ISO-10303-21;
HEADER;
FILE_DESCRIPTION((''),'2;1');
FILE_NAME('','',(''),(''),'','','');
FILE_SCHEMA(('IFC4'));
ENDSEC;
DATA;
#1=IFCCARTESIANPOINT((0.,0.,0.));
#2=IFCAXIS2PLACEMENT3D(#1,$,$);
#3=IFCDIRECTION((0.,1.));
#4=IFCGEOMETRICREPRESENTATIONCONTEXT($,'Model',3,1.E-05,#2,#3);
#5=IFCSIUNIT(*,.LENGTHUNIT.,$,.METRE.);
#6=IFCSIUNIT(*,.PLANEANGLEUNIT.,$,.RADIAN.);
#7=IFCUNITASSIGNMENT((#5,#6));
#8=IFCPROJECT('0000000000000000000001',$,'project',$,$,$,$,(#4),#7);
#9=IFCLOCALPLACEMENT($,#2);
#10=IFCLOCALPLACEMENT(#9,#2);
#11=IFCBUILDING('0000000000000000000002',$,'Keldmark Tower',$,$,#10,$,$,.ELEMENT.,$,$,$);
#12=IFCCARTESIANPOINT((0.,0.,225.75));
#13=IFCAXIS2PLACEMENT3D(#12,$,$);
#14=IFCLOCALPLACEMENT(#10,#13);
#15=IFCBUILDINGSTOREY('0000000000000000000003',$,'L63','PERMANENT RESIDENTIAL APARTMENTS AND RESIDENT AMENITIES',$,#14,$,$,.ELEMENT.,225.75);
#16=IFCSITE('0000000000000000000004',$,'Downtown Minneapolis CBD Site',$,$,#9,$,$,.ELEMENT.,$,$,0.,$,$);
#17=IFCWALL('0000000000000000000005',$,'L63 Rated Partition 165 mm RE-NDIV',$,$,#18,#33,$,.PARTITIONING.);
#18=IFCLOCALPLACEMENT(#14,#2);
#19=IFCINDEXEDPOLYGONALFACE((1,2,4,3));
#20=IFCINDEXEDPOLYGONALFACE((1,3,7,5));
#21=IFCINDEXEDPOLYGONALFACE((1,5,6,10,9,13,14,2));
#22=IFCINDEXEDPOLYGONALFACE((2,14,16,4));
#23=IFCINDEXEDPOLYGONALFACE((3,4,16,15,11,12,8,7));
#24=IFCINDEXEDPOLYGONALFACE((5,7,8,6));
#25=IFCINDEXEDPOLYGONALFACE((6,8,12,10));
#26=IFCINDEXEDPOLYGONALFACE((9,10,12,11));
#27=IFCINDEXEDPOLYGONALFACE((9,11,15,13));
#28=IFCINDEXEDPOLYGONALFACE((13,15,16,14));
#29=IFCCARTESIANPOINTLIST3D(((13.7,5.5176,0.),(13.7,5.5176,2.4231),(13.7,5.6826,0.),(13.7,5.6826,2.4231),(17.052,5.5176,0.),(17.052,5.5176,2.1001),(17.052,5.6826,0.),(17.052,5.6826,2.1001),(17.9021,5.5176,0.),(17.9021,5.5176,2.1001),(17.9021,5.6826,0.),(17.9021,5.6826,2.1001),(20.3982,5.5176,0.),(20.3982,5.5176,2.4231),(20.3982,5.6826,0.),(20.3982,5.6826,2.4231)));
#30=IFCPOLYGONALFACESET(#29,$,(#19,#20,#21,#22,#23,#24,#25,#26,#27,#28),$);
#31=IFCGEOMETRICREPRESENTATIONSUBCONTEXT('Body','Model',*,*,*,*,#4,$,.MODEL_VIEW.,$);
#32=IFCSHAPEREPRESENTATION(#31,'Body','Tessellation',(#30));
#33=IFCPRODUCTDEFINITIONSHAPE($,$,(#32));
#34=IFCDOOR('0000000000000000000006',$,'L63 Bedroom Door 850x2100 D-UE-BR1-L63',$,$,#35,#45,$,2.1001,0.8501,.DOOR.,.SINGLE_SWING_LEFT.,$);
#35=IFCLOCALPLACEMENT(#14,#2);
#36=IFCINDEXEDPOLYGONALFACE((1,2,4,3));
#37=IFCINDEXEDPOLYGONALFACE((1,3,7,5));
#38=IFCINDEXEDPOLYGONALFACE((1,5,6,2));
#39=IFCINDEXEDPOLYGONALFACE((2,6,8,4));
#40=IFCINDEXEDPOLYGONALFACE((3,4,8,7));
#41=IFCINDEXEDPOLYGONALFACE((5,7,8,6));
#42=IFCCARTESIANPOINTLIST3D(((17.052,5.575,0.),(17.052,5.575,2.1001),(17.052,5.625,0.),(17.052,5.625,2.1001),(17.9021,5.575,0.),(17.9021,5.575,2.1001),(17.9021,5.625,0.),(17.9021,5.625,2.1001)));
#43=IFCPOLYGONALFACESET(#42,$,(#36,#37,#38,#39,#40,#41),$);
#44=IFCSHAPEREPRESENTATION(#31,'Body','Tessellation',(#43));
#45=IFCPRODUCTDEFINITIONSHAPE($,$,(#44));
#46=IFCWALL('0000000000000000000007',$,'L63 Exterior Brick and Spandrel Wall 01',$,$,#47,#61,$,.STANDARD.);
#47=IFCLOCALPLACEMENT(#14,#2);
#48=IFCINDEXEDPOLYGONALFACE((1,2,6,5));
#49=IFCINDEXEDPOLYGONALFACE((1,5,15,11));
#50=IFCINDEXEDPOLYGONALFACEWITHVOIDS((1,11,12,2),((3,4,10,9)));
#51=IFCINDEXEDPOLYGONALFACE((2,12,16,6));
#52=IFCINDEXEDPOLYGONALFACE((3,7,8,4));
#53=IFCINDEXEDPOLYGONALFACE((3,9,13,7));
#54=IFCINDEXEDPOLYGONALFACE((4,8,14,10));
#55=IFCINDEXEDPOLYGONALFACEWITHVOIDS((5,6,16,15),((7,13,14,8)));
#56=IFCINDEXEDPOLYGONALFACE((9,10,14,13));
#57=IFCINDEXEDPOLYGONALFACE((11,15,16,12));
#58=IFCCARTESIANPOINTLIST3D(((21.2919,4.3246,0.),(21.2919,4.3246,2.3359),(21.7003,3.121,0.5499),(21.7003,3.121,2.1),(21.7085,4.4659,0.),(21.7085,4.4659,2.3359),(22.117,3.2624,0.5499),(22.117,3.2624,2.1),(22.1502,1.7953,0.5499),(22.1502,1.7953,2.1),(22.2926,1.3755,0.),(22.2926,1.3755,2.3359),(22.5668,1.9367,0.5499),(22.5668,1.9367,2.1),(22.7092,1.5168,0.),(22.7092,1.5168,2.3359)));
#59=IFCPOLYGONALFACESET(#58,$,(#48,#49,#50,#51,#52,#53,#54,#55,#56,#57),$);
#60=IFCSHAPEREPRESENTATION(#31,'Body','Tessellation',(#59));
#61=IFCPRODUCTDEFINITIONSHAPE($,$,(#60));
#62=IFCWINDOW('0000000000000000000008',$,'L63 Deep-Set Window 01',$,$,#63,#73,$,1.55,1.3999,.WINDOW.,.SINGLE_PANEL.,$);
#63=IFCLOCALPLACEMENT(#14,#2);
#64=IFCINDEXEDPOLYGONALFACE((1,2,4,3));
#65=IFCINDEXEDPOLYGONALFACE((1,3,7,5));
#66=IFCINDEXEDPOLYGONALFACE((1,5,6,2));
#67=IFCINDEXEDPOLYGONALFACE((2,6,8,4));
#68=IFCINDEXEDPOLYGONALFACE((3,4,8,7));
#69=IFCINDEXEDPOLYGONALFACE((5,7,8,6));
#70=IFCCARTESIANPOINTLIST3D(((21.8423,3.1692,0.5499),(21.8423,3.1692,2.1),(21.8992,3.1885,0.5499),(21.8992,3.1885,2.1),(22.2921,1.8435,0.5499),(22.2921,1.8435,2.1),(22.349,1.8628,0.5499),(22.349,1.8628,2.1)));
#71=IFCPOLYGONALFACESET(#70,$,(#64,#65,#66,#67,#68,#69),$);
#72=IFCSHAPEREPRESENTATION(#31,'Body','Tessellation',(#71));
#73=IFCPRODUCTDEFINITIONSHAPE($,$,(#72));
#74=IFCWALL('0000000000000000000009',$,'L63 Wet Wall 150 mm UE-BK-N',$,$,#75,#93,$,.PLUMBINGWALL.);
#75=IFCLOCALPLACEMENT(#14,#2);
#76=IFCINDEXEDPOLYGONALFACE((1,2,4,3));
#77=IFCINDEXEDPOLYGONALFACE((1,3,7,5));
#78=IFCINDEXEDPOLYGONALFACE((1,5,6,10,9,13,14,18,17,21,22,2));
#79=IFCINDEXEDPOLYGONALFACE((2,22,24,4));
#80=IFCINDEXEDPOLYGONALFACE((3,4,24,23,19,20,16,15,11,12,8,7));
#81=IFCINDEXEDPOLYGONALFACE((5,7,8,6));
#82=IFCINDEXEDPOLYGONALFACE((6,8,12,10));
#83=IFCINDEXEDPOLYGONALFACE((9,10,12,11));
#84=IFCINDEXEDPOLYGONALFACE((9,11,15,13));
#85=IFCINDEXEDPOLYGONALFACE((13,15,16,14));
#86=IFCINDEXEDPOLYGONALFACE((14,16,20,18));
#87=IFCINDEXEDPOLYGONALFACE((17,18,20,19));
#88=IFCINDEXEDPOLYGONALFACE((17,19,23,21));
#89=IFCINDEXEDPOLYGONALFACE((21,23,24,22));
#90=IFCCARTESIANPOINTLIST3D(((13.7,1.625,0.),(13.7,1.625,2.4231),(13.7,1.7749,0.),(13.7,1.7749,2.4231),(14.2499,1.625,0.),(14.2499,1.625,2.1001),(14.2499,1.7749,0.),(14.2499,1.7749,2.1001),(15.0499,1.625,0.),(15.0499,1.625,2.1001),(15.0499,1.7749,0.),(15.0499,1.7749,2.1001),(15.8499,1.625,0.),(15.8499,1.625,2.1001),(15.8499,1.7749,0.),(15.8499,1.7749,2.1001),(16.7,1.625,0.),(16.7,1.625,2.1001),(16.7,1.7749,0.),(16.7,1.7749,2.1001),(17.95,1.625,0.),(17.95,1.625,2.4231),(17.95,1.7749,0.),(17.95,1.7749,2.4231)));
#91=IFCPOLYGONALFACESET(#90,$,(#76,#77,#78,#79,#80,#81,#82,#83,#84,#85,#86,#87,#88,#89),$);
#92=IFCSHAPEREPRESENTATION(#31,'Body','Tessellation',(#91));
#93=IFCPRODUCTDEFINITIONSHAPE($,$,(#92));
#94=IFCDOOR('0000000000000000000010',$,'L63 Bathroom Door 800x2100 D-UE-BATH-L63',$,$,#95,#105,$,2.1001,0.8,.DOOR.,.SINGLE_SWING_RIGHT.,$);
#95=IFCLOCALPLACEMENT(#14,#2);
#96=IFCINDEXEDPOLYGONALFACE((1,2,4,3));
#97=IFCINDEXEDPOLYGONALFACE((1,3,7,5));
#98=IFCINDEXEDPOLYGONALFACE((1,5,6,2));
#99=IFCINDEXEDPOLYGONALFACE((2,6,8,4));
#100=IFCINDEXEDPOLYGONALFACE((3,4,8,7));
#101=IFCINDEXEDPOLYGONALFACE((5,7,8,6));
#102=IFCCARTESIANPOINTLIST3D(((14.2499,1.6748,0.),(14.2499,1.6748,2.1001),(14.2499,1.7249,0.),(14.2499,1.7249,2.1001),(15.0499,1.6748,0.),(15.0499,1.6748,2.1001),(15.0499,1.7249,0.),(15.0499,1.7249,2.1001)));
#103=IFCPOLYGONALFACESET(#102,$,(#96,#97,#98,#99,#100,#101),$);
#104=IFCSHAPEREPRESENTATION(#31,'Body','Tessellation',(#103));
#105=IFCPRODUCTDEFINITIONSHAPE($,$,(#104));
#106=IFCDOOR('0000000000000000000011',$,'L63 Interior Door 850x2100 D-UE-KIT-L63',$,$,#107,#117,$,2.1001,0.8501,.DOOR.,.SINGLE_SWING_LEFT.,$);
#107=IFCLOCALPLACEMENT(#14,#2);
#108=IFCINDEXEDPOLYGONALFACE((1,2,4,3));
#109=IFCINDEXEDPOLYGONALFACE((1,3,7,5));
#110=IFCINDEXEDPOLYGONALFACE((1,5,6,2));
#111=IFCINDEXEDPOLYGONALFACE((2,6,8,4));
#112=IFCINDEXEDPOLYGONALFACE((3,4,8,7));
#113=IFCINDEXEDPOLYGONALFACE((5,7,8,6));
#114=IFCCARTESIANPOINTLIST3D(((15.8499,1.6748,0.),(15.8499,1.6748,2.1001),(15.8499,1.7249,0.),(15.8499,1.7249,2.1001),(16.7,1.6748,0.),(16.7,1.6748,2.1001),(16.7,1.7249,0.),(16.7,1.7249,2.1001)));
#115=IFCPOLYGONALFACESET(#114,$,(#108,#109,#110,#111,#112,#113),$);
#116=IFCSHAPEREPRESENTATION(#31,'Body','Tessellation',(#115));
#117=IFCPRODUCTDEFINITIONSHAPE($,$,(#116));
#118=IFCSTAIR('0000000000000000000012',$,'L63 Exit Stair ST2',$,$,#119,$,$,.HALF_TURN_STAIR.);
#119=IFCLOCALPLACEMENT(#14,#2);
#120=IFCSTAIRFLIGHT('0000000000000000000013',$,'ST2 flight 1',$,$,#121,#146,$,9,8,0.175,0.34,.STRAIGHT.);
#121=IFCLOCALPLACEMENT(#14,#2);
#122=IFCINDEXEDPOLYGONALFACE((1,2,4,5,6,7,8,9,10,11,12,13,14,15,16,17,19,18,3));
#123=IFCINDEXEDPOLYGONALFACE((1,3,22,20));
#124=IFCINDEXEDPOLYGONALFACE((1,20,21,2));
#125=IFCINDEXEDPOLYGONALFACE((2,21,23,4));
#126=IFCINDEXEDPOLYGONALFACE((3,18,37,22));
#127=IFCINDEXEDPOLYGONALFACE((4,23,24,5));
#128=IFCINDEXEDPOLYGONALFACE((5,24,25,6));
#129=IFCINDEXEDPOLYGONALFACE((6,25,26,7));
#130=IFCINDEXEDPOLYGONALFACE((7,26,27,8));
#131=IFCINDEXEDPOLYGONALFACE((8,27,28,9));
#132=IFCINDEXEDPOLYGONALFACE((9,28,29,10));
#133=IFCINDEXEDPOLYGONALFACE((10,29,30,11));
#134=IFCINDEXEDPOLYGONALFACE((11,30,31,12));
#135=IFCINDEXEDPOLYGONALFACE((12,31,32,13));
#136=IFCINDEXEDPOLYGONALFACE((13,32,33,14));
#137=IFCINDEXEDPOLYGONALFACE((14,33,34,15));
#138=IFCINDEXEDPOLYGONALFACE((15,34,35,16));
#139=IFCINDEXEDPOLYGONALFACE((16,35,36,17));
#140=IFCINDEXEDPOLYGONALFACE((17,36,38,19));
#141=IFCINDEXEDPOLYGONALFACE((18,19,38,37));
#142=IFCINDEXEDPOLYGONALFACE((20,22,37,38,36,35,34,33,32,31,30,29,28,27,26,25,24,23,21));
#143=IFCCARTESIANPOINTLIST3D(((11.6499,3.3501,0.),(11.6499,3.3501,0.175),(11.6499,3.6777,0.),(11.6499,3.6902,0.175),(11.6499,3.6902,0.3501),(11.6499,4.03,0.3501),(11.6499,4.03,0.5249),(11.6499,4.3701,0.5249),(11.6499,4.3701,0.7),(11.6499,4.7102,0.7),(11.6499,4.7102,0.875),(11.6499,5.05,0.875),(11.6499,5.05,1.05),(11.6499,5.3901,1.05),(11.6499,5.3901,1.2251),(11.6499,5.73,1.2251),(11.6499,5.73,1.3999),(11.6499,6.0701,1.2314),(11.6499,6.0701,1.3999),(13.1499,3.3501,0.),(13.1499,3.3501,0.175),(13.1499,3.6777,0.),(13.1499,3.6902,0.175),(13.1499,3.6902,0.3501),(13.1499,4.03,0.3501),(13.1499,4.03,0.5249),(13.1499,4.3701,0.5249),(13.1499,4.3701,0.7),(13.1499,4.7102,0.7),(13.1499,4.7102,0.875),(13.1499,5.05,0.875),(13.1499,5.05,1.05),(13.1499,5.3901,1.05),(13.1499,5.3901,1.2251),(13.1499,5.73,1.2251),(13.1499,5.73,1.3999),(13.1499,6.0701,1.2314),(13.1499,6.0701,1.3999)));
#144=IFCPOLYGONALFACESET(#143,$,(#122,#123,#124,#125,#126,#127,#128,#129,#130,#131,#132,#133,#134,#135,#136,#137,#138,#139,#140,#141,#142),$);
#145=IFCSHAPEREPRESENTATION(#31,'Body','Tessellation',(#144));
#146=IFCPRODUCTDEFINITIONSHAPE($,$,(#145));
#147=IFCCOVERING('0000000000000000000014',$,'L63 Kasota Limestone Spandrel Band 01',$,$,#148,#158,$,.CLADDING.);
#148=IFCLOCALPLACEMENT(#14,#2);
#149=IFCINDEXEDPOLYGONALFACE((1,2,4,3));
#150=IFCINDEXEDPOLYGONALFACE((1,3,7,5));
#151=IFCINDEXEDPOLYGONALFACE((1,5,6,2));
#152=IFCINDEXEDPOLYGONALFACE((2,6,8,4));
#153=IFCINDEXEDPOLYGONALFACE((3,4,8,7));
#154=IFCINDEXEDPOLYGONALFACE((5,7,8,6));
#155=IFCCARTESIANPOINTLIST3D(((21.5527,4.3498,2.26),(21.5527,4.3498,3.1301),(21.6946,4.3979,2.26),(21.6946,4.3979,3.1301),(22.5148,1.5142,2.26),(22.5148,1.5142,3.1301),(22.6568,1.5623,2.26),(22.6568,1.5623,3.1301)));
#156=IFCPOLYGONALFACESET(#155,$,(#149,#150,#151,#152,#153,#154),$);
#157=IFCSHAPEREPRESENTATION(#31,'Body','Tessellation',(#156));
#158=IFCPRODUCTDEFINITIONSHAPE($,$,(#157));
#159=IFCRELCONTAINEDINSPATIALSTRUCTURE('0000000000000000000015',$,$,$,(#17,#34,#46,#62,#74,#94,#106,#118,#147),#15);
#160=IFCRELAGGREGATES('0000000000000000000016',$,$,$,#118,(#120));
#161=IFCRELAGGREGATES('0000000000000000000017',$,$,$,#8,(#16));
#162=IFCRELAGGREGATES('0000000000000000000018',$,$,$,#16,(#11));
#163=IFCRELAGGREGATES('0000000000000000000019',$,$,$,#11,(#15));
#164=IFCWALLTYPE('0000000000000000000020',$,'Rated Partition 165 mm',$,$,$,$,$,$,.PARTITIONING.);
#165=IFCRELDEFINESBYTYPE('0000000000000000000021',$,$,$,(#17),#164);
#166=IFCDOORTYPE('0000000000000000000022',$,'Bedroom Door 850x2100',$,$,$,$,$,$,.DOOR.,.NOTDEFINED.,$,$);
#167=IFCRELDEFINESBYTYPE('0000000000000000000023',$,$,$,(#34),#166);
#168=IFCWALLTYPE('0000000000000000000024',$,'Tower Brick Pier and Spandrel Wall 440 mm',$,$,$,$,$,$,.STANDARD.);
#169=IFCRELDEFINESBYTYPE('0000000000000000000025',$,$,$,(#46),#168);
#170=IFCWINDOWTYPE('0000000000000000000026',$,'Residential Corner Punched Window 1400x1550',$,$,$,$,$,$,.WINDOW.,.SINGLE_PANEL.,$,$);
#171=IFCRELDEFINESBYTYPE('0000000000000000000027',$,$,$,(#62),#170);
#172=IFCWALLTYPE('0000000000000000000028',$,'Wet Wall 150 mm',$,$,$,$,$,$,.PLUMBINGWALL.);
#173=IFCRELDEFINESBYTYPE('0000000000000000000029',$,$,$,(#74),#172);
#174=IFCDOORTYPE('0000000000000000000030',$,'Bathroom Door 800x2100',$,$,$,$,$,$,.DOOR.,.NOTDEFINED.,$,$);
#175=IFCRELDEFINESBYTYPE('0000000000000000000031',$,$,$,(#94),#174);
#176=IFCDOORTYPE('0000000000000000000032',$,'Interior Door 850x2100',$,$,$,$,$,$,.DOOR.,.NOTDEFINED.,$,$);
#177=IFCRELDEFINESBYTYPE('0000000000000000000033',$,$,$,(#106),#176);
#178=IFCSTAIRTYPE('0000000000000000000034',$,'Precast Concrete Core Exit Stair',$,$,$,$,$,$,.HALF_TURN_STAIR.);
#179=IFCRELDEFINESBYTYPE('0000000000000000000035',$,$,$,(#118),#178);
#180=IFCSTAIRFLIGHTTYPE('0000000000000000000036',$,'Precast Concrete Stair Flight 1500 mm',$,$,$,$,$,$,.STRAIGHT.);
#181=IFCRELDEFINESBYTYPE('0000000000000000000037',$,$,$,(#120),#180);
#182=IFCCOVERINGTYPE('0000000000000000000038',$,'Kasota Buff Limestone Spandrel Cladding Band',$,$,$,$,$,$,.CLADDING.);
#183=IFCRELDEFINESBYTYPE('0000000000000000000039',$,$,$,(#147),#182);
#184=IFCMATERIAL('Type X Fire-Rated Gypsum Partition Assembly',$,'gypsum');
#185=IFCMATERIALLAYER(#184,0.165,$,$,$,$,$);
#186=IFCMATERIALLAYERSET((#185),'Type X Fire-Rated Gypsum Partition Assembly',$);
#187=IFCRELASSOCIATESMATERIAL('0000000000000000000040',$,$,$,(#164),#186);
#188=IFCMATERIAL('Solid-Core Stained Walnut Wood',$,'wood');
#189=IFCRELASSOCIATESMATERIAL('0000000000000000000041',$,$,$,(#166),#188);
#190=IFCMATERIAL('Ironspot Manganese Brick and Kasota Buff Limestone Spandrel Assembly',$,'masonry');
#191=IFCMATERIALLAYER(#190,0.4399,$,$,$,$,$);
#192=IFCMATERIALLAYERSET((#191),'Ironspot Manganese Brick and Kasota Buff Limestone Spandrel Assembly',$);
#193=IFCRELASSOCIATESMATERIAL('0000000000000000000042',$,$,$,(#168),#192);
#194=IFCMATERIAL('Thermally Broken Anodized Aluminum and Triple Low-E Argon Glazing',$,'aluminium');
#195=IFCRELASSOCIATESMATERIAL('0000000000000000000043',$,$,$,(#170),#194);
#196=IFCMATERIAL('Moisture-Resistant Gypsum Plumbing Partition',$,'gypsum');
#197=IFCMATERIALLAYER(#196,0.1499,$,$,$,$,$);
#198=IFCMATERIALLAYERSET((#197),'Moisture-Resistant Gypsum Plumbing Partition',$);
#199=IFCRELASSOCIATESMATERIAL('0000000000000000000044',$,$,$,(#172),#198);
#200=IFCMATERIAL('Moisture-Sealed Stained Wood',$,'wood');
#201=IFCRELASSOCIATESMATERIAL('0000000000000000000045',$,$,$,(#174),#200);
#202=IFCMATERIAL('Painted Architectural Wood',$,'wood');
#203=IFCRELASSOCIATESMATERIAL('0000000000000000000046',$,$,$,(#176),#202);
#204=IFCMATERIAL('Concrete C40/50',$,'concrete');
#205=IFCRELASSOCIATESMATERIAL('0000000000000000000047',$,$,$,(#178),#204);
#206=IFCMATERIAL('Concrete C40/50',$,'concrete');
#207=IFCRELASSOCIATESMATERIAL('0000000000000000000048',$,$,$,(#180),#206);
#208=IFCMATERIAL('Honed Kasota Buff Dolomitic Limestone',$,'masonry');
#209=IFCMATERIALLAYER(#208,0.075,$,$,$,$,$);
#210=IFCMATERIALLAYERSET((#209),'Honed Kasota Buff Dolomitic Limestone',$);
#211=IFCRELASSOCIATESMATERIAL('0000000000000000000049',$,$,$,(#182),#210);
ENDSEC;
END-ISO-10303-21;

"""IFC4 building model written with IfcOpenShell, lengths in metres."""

from ifc_helpers import new_model, si_unit, direction, frame, frame_2d, origin, origin_2d, place, context, subcontext, project, spatial, polyline, rectangle, outline, extrude, material, layer, layer_set, type_object, element, fill, aggregate, save


model = new_model("IFC4")

# Units and contexts
model_context = context("Model", 3, precision=1e-05, world=origin(), true_north=direction((0.0, 1.0)))
body_context = subcontext(model_context, "Body", "Model", "MODEL_VIEW")
ifc_project = project(units=[si_unit("LENGTHUNIT", "METRE"), si_unit("PLANEANGLEUNIT", "RADIAN")], contexts=[model_context])

# Site, building, storey
site_placement = place(None, origin())
site = spatial("IfcSite", under=ifc_project, at=site_placement, Name="Downtown Minneapolis CBD Site", CompositionType="ELEMENT", RefElevation=0.0)
building_placement = place(site_placement, origin())
building = spatial("IfcBuilding", under=site, at=building_placement, Name="Keldmark Tower", CompositionType="ELEMENT")
storey_placement = place(building_placement, frame((0.0, 0.0, 225.75)))
storey = spatial("IfcBuildingStorey", under=building, at=storey_placement, Name="L63", Description="PERMANENT RESIDENTIAL APARTMENTS AND RESIDENT AMENITIES", CompositionType="ELEMENT", Elevation=225.75)

# Wall, opening, door
ifc_material_1 = material(Name="Type X Fire-Rated Gypsum Partition Assembly", Category="gypsum")
ifc_layer_1 = layer(ifc_material_1, 0.165)
ifc_layer_set_1 = layer_set([ifc_layer_1], Name="Type X Fire-Rated Gypsum Partition Assembly")
wall_type_1 = type_object("IfcWallType", Name="Rated Partition 165 mm", PredefinedType="PARTITIONING", material=ifc_layer_set_1)
wall_1_placement = place(storey_placement, frame((13.7, 5.6001, 0.0), z_axis=(0.0, 0.0, 1.0), x_axis=(1.0, 0.0, 0.0)))
wall_1 = element("IfcWall", 1, at=wall_1_placement, inside=storey, type_object=wall_type_1, Name="L63 Rated Partition 165 mm RE-NDIV", PredefinedType="PARTITIONING", context=body_context, shape_type="SweptSolid", body=[
    extrude(rectangle(XDim=6.6982, YDim=0.165, at=frame_2d((3.3491, 0.0))), origin(), (0.0, 0.0, 1.0), 2.4231),
])
opening_1_placement = place(wall_1_placement, frame((3.3521, 0.0, 0.0)))
opening_1 = element("IfcOpeningElement", 2, at=opening_1_placement, cuts=wall_1, PredefinedType="OPENING", context=body_context, shape_type="SweptSolid", body=[
    extrude(rectangle(XDim=0.8501, YDim=2.1001, at=frame_2d((0.425, 1.05))), frame((0.0, 0.0925, 0.0), z_axis=(0.0, -1.0, 0.0), x_axis=(1.0, 0.0, 0.0)), (0.0, 0.0, 1.0), 0.1851),
])
ifc_material_2 = material(Name="Solid-Core Stained Walnut Wood", Category="wood")
door_type_1 = type_object("IfcDoorType", Name="Bedroom Door 850x2100", OperationType="NOTDEFINED", PredefinedType="DOOR", material=ifc_material_2)
door_1_placement = place(opening_1_placement, origin())
door_1 = element("IfcDoor", 3, at=door_1_placement, inside=storey, type_object=door_type_1, Name="L63 Bedroom Door 850x2100 D-UE-BR1-L63", OperationType="SINGLE_SWING_LEFT", OverallHeight=2.1001, OverallWidth=0.8501, PredefinedType="DOOR", context=body_context, shape_type="SweptSolid", body=[
    extrude(rectangle(XDim=0.8501, YDim=2.1001, at=frame_2d((0.425, 1.05))), frame((0.0, 0.0249, 0.0), z_axis=(0.0, -1.0, 0.0), x_axis=(1.0, 0.0, 0.0)), (0.0, 0.0, 1.0), 0.05),
])
fill(opening_1, door_1)

# Wall, opening, window
ifc_material_3 = material(Name="Ironspot Manganese Brick and Kasota Buff Limestone Spandrel Assembly", Category="masonry")
ifc_layer_2 = layer(ifc_material_3, 0.4399)
ifc_layer_set_2 = layer_set([ifc_layer_2], Name="Ironspot Manganese Brick and Kasota Buff Limestone Spandrel Assembly")
wall_type_2 = type_object("IfcWallType", Name="Tower Brick Pier and Spandrel Wall 440 mm", PredefinedType="STANDARD", material=ifc_layer_set_2)
wall_2_placement = place(storey_placement, frame((21.5002, 4.3953, 0.0), z_axis=(0.0, 0.0, 1.0), x_axis=(0.321326, -0.946968, 0.0)))
wall_2 = element("IfcWall", 4, at=wall_2_placement, inside=storey, type_object=wall_type_2, Name="L63 Exterior Brick and Spandrel Wall 01", PredefinedType="STANDARD", context=body_context, shape_type="SweptSolid", body=[
    extrude(rectangle(XDim=3.1143, YDim=0.4399, at=frame_2d((1.5571, 0.0))), origin(), (0.0, 0.0, 1.0), 2.3359),
])
opening_2_placement = place(wall_2_placement, frame((1.271, 0.0, 0.55)))
opening_2 = element("IfcOpeningElement", 5, at=opening_2_placement, cuts=wall_2, PredefinedType="OPENING", context=body_context, shape_type="SweptSolid", body=[
    extrude(rectangle(XDim=1.3999, YDim=1.55, at=frame_2d((0.7, 0.7749))), frame((0.0, 0.23, 0.0), z_axis=(0.0, -1.0, 0.0), x_axis=(1.0, 0.0, 0.0)), (0.0, 0.0, 1.0), 0.46),
])
ifc_material_4 = material(Name="Thermally Broken Anodized Aluminum and Triple Low-E Argon Glazing", Category="aluminium")
window_type = type_object("IfcWindowType", Name="Residential Corner Punched Window 1400x1550", PartitioningType="SINGLE_PANEL", PredefinedType="WINDOW", material=ifc_material_4)
window_placement = place(opening_2_placement, origin())
window = element("IfcWindow", 6, at=window_placement, inside=storey, type_object=window_type, Name="L63 Deep-Set Window 01", OverallHeight=1.55, OverallWidth=1.3999, PartitioningType="SINGLE_PANEL", PredefinedType="WINDOW", context=body_context, shape_type="SweptSolid", body=[
    extrude(rectangle(XDim=1.3999, YDim=1.55, at=frame_2d((0.7, 0.7749))), frame((0.0, -0.01, 0.0), z_axis=(0.0, -1.0, 0.0), x_axis=(1.0, 0.0, 0.0)), (0.0, 0.0, 1.0), 0.0601),
])
fill(opening_2, window)

# Wall, openings, doors
ifc_material_5 = material(Name="Moisture-Resistant Gypsum Plumbing Partition", Category="gypsum")
ifc_layer_3 = layer(ifc_material_5, 0.1499)
ifc_layer_set_3 = layer_set([ifc_layer_3], Name="Moisture-Resistant Gypsum Plumbing Partition")
wall_type_3 = type_object("IfcWallType", Name="Wet Wall 150 mm", PredefinedType="PLUMBINGWALL", material=ifc_layer_set_3)
wall_3_placement = place(storey_placement, frame((13.7, 1.7, 0.0), z_axis=(0.0, 0.0, 1.0), x_axis=(1.0, 0.0, 0.0)))
wall_3 = element("IfcWall", 7, at=wall_3_placement, inside=storey, type_object=wall_type_3, Name="L63 Wet Wall 150 mm UE-BK-N", PredefinedType="PLUMBINGWALL", context=body_context, shape_type="SweptSolid", body=[
    extrude(rectangle(XDim=4.25, YDim=0.1499, at=frame_2d((2.125, 0.0))), origin(), (0.0, 0.0, 1.0), 2.4231),
])
opening_3_placement = place(wall_3_placement, frame((0.55, 0.0, 0.0)))
opening_3 = element("IfcOpeningElement", 8, at=opening_3_placement, cuts=wall_3, PredefinedType="OPENING", context=body_context, shape_type="SweptSolid", body=[
    extrude(rectangle(XDim=0.8, YDim=2.1001, at=frame_2d((0.3999, 1.05))), frame((0.0, 0.085, 0.0), z_axis=(0.0, -1.0, 0.0), x_axis=(1.0, 0.0, 0.0)), (0.0, 0.0, 1.0), 0.1699),
])
opening_4_placement = place(wall_3_placement, frame((2.1499, 0.0, 0.0)))
opening_4 = element("IfcOpeningElement", 9, at=opening_4_placement, cuts=wall_3, PredefinedType="OPENING", context=body_context, shape_type="SweptSolid", body=[
    extrude(rectangle(XDim=0.8501, YDim=2.1001, at=frame_2d((0.425, 1.05))), frame((0.0, 0.085, 0.0), z_axis=(0.0, -1.0, 0.0), x_axis=(1.0, 0.0, 0.0)), (0.0, 0.0, 1.0), 0.1699),
])
ifc_material_6 = material(Name="Moisture-Sealed Stained Wood", Category="wood")
door_type_2 = type_object("IfcDoorType", Name="Bathroom Door 800x2100", OperationType="NOTDEFINED", PredefinedType="DOOR", material=ifc_material_6)
door_2_placement = place(opening_3_placement, origin())
door_2 = element("IfcDoor", 10, at=door_2_placement, inside=storey, type_object=door_type_2, Name="L63 Bathroom Door 800x2100 D-UE-BATH-L63", OperationType="SINGLE_SWING_RIGHT", OverallHeight=2.1001, OverallWidth=0.8, PredefinedType="DOOR", context=body_context, shape_type="SweptSolid", body=[
    extrude(rectangle(XDim=0.8, YDim=2.1001, at=frame_2d((0.3999, 1.05))), frame((0.0, 0.0249, 0.0), z_axis=(0.0, -1.0, 0.0), x_axis=(1.0, 0.0, 0.0)), (0.0, 0.0, 1.0), 0.05),
])
fill(opening_3, door_2)
ifc_material_7 = material(Name="Painted Architectural Wood", Category="wood")
door_type_3 = type_object("IfcDoorType", Name="Interior Door 850x2100", OperationType="NOTDEFINED", PredefinedType="DOOR", material=ifc_material_7)
door_3_placement = place(opening_4_placement, origin())
door_3 = element("IfcDoor", 11, at=door_3_placement, inside=storey, type_object=door_type_3, Name="L63 Interior Door 850x2100 D-UE-KIT-L63", OperationType="SINGLE_SWING_LEFT", OverallHeight=2.1001, OverallWidth=0.8501, PredefinedType="DOOR", context=body_context, shape_type="SweptSolid", body=[
    extrude(rectangle(XDim=0.8501, YDim=2.1001, at=frame_2d((0.425, 1.05))), frame((0.0, 0.0249, 0.0), z_axis=(0.0, -1.0, 0.0), x_axis=(1.0, 0.0, 0.0)), (0.0, 0.0, 1.0), 0.05),
])
fill(opening_4, door_3)

# Stair, stair flight
ifc_material_8 = material(Name="Concrete C40/50", Category="concrete")
stair_type = type_object("IfcStairType", Name="Precast Concrete Core Exit Stair", PredefinedType="HALF_TURN_STAIR", material=ifc_material_8)
stair_placement = place(storey_placement, origin())
stair = element("IfcStair", 12, at=stair_placement, inside=storey, type_object=stair_type, Name="L63 Exit Stair ST2", PredefinedType="HALF_TURN_STAIR")
ifc_material_9 = material(Name="Concrete C40/50", Category="concrete")
stair_flight_type = type_object("IfcStairFlightType", Name="Precast Concrete Stair Flight 1500 mm", PredefinedType="STRAIGHT", material=ifc_material_9)
stair_flight_placement = place(storey_placement, frame((12.3999, 3.3501, 0.0), z_axis=(0.0, 0.0, 1.0), x_axis=(0.0, 1.0, 0.0)))
stair_flight = element("IfcStairFlight", 13, at=stair_flight_placement, type_object=stair_flight_type, Name="ST2 flight 1", NumberOfRisers=9, NumberOfTreads=8, PredefinedType="STRAIGHT", RiserHeight=0.175, TreadLength=0.34, context=body_context, shape_type="SweptSolid", body=[
    extrude(outline(polyline([(0.0, 0.0), (0.0, 0.175), (0.3401, 0.175), (0.3401, 0.3501), (0.6799, 0.3501), (0.6799, 0.5249), (1.02, 0.5249), (1.02, 0.7), (1.3601, 0.7), (1.3601, 0.875), (1.7, 0.875), (1.7, 1.05), (2.04, 1.05), (2.04, 1.2251), (2.3799, 1.2251), (2.3799, 1.3999), (2.72, 1.3999), (2.72, 1.575), (2.72, 1.2314), (0.3276, 0.0), (0.0, 0.0)])), frame((0.0, 0.75, 0.0), z_axis=(0.0, -1.0, 0.0), x_axis=(1.0, 0.0, 0.0)), (0.0, 0.0, 1.0), 1.5),
])
aggregate(stair, [stair_flight])

# Covering
ifc_material_10 = material(Name="Honed Kasota Buff Dolomitic Limestone", Category="masonry")
ifc_layer_4 = layer(ifc_material_10, 0.075)
ifc_layer_set_4 = layer_set([ifc_layer_4], Name="Honed Kasota Buff Dolomitic Limestone")
covering_type = type_object("IfcCoveringType", Name="Kasota Buff Limestone Spandrel Cladding Band", PredefinedType="CLADDING", material=ifc_layer_set_4)
covering_placement = place(storey_placement, frame((22.1047, 2.9561, 2.26), z_axis=(0.0, 0.0, 1.0), x_axis=(-0.321324, 0.946969, 0.0)))
element("IfcCovering", 14, at=covering_placement, inside=storey, type_object=covering_type, Name="L63 Kasota Limestone Spandrel Band 01", PredefinedType="CLADDING", context=body_context, shape_type="SweptSolid", body=[
    extrude(rectangle(XDim=2.9944, YDim=0.1499, at=origin_2d()), origin(), (0.0, 0.0, 1.0), 0.8701),
])

save(model, "model.ifc")
